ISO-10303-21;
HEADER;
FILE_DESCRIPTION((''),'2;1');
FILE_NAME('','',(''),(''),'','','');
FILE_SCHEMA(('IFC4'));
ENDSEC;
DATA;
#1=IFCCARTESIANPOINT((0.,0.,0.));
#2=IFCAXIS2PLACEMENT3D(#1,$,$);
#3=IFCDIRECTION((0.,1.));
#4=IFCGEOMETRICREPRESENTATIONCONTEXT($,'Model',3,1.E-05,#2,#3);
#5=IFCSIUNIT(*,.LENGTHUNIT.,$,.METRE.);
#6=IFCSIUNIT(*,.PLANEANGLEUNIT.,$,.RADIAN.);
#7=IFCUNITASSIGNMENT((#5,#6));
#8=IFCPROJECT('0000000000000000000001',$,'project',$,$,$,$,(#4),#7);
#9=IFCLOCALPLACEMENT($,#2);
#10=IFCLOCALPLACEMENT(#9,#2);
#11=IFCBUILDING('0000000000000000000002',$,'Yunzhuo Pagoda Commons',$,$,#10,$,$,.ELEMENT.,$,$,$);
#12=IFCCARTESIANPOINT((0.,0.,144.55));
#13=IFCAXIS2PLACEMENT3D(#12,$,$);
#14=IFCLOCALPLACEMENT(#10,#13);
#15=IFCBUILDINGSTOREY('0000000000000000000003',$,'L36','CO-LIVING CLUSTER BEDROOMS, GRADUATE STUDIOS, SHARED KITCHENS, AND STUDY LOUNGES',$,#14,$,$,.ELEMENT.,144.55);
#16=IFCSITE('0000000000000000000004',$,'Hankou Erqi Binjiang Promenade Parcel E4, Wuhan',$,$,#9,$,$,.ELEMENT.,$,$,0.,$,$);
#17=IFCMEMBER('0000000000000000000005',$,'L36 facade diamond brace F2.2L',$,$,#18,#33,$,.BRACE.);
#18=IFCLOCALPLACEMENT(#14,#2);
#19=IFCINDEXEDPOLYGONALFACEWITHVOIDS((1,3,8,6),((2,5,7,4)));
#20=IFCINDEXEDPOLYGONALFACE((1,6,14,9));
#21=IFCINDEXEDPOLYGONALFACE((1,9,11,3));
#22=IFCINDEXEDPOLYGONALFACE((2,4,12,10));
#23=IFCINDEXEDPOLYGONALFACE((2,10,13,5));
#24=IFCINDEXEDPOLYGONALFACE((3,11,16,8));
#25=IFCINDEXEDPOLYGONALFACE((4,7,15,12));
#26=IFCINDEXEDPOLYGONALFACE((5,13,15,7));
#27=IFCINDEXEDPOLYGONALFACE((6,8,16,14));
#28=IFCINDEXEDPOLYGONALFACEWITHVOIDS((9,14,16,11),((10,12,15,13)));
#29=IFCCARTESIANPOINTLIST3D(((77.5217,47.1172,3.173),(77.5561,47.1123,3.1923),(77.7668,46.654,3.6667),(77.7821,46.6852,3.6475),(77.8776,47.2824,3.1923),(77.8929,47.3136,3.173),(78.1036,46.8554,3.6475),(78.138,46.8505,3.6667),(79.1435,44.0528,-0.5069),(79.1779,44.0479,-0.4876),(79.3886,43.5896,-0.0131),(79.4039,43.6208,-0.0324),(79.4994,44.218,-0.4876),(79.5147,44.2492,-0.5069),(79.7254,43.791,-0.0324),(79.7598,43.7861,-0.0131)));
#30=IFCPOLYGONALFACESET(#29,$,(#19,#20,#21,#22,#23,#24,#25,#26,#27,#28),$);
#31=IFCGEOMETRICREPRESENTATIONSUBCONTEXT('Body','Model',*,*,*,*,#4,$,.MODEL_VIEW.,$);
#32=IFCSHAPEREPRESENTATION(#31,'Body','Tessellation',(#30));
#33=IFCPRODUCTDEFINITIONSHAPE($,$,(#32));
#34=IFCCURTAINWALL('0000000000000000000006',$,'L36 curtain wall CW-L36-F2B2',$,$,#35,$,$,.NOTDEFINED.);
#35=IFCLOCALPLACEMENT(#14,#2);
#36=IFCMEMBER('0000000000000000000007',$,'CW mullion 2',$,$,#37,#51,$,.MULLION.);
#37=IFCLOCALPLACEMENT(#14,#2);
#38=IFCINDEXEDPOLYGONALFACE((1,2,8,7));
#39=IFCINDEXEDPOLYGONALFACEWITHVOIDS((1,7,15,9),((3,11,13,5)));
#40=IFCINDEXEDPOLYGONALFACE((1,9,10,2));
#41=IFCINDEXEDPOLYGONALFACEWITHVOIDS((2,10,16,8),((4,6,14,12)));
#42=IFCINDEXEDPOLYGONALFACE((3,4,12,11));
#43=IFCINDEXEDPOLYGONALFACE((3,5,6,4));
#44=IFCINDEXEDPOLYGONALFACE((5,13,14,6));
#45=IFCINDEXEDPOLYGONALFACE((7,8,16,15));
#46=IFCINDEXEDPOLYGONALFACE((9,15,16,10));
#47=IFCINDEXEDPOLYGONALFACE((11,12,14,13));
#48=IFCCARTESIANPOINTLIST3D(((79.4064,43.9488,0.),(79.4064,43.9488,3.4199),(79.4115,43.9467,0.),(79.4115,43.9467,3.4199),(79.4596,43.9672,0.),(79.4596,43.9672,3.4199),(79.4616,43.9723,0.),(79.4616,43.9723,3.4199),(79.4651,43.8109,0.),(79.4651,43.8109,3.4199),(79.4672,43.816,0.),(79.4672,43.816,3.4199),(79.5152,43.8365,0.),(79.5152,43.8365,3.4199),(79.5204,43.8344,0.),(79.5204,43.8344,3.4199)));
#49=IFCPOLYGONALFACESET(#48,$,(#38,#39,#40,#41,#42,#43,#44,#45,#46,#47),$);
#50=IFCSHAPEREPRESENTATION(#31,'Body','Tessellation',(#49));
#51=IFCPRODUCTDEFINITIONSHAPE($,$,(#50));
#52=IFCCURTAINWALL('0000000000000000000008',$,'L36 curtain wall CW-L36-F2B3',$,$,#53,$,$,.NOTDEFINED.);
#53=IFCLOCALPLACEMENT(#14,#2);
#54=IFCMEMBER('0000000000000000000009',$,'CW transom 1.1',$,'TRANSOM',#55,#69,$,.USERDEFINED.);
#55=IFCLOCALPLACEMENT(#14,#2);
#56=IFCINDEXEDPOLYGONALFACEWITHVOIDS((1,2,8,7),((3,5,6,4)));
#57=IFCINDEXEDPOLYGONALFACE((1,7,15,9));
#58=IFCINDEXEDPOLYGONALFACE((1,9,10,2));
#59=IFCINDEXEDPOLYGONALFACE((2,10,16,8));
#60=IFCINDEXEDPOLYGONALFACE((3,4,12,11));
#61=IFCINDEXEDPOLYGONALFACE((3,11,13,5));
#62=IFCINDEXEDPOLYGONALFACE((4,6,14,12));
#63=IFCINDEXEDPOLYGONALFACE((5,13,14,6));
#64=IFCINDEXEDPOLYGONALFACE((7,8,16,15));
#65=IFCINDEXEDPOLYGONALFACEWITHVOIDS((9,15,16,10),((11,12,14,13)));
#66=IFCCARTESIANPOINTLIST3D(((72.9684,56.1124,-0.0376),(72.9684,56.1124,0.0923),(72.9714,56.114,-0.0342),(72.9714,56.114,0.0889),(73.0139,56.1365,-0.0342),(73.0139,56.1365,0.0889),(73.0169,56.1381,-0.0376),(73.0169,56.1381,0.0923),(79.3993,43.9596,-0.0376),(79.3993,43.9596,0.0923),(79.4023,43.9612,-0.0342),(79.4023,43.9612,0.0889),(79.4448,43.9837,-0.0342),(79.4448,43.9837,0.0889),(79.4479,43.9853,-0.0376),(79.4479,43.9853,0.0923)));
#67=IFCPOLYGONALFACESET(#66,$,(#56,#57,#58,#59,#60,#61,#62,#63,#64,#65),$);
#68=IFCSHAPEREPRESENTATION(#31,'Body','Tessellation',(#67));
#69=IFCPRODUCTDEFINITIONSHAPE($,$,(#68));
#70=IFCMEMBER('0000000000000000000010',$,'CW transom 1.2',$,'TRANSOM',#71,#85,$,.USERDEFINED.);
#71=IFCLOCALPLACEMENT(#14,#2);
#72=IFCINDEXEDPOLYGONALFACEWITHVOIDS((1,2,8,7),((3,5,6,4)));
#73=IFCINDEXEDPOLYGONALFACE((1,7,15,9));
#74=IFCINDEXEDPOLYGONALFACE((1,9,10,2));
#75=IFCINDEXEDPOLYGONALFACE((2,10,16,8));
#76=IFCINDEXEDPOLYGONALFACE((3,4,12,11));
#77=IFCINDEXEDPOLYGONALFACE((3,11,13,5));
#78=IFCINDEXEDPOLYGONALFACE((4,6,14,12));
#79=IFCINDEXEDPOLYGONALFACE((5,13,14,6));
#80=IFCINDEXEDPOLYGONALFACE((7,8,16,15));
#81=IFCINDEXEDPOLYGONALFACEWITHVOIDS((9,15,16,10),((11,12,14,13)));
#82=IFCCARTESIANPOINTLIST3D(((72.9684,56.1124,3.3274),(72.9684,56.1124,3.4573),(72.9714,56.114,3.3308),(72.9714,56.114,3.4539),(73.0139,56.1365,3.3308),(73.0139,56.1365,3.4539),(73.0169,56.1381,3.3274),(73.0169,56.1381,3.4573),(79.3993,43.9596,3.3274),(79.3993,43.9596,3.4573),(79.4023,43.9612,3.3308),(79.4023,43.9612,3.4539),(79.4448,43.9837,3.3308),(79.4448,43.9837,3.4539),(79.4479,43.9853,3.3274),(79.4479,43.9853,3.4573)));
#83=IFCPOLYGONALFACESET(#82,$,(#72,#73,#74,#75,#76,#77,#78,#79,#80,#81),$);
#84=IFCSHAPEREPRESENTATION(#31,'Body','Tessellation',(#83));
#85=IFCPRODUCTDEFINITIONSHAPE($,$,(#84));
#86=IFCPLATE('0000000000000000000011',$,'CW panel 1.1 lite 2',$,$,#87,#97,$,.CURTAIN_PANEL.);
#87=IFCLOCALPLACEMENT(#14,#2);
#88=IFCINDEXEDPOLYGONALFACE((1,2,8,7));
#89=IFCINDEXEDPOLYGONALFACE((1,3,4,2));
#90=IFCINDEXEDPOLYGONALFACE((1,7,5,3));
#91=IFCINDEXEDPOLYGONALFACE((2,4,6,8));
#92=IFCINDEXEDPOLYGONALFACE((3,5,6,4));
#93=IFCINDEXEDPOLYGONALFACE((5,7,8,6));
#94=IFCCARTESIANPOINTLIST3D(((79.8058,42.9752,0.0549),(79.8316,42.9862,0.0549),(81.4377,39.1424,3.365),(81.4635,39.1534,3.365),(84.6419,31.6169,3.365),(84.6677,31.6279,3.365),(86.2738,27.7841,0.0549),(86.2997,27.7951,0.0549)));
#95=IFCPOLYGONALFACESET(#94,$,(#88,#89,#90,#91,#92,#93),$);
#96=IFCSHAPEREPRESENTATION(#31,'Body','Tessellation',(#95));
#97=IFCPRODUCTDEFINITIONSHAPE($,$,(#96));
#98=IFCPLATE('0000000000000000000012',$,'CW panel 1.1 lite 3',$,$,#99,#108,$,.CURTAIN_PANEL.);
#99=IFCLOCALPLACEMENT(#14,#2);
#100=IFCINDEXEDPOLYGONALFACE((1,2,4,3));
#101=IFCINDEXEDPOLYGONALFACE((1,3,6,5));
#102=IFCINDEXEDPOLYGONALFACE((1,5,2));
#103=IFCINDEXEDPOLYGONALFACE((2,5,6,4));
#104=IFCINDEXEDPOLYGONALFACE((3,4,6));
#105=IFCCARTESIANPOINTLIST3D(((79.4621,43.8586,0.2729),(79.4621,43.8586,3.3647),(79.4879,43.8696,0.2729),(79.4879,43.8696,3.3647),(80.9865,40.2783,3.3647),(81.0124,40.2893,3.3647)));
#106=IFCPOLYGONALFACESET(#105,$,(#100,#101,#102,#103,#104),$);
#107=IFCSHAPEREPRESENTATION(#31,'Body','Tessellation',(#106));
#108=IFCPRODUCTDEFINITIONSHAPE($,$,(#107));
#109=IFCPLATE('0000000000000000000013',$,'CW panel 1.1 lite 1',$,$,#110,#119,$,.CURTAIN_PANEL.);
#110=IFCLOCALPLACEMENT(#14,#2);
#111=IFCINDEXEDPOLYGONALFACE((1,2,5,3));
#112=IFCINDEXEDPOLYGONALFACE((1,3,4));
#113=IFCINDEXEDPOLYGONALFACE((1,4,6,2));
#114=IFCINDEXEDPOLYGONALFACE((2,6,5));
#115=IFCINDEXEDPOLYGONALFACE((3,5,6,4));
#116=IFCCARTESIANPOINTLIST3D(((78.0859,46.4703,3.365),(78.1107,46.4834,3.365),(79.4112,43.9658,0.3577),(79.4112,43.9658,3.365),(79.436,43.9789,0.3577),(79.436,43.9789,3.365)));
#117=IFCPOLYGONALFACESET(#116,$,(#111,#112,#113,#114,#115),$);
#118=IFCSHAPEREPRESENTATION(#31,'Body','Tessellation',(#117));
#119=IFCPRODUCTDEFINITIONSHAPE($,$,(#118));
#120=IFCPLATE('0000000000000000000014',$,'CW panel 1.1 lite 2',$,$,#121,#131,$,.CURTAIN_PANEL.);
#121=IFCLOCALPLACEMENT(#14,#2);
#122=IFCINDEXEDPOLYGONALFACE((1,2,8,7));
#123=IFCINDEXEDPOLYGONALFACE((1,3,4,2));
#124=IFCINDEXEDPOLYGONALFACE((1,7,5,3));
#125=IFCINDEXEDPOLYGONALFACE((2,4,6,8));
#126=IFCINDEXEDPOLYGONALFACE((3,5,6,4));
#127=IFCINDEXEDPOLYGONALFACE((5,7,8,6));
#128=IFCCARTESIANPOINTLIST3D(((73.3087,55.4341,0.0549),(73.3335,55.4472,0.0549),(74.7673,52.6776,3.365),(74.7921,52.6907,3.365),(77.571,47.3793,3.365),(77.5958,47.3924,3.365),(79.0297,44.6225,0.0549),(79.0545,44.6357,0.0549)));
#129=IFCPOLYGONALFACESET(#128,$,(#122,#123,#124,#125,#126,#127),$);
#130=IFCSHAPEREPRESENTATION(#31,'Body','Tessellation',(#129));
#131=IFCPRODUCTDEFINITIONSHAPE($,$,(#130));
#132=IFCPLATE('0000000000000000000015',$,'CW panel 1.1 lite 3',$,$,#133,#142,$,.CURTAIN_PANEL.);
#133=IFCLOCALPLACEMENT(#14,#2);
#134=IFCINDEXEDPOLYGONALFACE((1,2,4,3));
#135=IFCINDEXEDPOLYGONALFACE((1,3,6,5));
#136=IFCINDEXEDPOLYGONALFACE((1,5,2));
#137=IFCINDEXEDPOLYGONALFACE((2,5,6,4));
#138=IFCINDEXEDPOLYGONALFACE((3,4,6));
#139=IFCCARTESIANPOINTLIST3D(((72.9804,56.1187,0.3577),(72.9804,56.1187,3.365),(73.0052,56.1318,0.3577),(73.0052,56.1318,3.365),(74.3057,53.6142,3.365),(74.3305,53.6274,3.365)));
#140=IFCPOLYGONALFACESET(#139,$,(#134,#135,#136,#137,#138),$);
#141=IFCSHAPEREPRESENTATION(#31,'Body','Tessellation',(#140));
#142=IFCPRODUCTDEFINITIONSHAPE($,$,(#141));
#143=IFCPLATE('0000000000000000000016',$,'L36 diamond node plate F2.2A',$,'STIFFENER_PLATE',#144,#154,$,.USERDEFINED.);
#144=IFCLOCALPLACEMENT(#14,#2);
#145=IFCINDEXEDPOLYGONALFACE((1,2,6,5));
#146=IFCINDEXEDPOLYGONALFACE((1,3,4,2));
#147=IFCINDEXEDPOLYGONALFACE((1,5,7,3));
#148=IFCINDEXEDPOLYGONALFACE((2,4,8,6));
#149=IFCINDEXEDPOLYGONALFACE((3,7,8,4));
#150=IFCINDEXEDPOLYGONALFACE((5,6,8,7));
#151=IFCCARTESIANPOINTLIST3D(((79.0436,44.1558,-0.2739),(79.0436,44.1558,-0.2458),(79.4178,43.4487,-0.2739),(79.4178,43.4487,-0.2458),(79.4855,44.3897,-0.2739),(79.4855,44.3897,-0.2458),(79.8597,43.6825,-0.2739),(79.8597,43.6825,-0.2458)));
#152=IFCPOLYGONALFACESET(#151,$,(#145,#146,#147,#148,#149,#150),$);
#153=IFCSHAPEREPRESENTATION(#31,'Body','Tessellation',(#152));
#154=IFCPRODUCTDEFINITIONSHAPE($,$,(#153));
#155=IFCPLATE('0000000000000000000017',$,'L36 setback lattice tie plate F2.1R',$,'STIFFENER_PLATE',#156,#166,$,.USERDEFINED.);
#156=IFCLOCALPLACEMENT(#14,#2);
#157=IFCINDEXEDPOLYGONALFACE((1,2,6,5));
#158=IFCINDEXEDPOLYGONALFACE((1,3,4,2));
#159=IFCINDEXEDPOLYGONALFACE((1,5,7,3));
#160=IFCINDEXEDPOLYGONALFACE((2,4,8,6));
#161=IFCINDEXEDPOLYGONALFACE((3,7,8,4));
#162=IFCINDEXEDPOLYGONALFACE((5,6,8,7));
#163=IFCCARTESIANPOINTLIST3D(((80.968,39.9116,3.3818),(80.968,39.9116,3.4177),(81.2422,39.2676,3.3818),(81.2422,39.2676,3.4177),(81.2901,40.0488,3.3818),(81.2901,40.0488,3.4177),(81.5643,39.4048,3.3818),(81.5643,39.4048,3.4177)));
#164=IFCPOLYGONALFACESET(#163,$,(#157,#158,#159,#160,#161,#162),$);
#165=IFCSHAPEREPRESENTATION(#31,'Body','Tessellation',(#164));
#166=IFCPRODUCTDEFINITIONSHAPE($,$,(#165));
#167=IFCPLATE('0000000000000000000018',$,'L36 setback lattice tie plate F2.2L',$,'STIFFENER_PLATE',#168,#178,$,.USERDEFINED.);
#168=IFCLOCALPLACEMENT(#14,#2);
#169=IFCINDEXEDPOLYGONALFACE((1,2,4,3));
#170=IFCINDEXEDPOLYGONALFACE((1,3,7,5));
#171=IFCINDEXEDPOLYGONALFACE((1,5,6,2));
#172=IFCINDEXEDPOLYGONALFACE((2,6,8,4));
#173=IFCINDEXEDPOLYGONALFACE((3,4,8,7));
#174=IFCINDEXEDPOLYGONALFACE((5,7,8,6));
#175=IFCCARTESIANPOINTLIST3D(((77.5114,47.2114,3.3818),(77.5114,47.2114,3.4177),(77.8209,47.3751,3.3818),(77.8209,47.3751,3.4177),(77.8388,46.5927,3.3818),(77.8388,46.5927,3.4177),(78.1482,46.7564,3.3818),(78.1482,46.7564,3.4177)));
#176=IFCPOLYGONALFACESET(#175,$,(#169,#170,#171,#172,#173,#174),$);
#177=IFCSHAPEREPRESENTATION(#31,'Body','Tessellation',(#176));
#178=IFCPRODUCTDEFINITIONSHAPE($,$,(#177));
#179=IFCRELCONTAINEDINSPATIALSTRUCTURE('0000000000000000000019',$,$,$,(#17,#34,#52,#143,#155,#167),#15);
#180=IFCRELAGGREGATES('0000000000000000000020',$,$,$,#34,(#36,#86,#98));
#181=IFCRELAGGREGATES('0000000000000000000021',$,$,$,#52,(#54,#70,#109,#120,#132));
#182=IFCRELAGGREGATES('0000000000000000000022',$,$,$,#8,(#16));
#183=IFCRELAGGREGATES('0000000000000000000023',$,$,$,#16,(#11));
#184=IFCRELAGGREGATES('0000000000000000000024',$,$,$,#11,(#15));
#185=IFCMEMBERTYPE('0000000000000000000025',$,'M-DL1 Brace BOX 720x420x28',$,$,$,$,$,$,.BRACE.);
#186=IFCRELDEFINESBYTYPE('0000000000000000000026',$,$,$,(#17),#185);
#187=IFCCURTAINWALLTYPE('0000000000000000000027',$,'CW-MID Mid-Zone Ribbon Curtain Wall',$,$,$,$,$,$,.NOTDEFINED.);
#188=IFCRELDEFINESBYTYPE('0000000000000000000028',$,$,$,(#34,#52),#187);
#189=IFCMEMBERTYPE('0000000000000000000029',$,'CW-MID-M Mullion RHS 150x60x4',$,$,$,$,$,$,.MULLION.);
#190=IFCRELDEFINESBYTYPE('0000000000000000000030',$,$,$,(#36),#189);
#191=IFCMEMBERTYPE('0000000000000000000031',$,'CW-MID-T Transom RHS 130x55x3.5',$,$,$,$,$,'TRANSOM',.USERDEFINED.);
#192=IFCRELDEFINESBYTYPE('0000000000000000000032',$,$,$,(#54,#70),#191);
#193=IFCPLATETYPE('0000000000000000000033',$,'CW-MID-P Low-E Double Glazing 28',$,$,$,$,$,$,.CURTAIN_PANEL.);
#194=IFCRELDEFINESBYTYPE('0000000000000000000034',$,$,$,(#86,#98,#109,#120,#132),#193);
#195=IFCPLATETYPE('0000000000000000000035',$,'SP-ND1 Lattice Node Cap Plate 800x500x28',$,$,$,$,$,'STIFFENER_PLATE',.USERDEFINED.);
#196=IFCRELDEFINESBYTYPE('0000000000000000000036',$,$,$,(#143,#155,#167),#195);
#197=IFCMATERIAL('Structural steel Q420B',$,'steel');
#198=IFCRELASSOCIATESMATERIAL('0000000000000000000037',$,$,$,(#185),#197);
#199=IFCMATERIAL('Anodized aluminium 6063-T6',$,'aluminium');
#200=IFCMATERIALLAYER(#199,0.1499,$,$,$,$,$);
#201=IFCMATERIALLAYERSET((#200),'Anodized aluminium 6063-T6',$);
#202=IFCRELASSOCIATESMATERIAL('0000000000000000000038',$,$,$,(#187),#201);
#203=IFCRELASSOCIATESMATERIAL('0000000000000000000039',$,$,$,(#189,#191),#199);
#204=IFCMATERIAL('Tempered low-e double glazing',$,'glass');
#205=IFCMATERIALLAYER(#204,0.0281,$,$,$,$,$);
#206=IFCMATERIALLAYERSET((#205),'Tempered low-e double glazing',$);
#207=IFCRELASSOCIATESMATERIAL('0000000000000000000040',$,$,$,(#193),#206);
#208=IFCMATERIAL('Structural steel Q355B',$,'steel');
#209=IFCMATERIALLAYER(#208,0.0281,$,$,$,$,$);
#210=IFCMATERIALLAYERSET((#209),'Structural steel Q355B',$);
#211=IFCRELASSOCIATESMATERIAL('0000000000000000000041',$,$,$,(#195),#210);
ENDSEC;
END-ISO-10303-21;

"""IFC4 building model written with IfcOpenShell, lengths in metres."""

from ifc_helpers import new_model, si_unit, direction, frame, origin, origin_2d, place, context, subcontext, project, spatial, polyline, rectangle, hollow_rectangle, outline, extrude, source, transform, mapped, material, layer, layer_set, material_profile, profile_set, type_object, element, aggregate, save


model = new_model("IFC4")

# Units and contexts
model_context = context("Model", 3, precision=1e-05, world=origin(), true_north=direction((0.0, 1.0)))
body_context = subcontext(model_context, "Body", "Model", "MODEL_VIEW")
ifc_project = project(units=[si_unit("LENGTHUNIT", "METRE"), si_unit("PLANEANGLEUNIT", "RADIAN")], contexts=[model_context])

# Site, building, storey
site_placement = place(None, origin())
site = spatial("IfcSite", under=ifc_project, at=site_placement, Name="Hankou Erqi Binjiang Promenade Parcel E4, Wuhan", CompositionType="ELEMENT", RefElevation=0.0)
building_placement = place(site_placement, origin())
building = spatial("IfcBuilding", under=site, at=building_placement, Name="Yunzhuo Pagoda Commons", CompositionType="ELEMENT")
storey_placement = place(building_placement, frame((0.0, 0.0, 144.55)))
storey = spatial("IfcBuildingStorey", under=building, at=storey_placement, Name="L36", Description="CO-LIVING CLUSTER BEDROOMS, GRADUATE STUDIOS, SHARED KITCHENS, AND STUDY LOUNGES", CompositionType="ELEMENT", Elevation=144.55)

# Shared definitions
ifc_material_1 = material(Name="Structural steel Q420B", Category="steel")

# Shared definitions
ifc_material_2 = material(Name="Structural steel Q355B", Category="steel")

# Member
ifc_material_profile_1 = material_profile(ifc_material_1, hollow_rectangle(XDim=0.4199, YDim=0.72, WallThickness=0.0281, at=origin_2d()), Name="Structural steel Q420B")
ifc_profile_set_1 = profile_set([ifc_material_profile_1], Name="Structural steel Q420B")
member_type_1 = type_object("IfcMemberType", Name="M-DL1 Brace BOX 720x420x28", PredefinedType="BRACE", material=ifc_profile_set_1)
shared_shape_1 = source(origin(), body_context, "Body", "SweptSolid", [
    extrude(hollow_rectangle(XDim=0.4199, YDim=0.72, WallThickness=0.0281, at=origin_2d()), origin(), (0.0, 0.0, 1.0), 5.0559),
])
member_1_placement = place(storey_placement, frame((79.4517, 43.9194, -0.26), z_axis=(-0.320773, 0.606103, 0.727835), x_axis=(-0.883851, -0.467768, 0.0)))
element("IfcMember", 1, at=member_1_placement, inside=storey, type_object=member_type_1, Name="L36 facade diamond brace F2.2L", PredefinedType="BRACE", context=body_context, shape_type="MappedRepresentation", body=[
    mapped(shared_shape_1, transform((0.0, 0.0, 0.0), scale=1.0)),
])

# Curtain wall, member
ifc_material_3 = material(Name="Anodized aluminium 6063-T6", Category="aluminium")
ifc_layer_1 = layer(ifc_material_3, 0.1499)
ifc_layer_set_1 = layer_set([ifc_layer_1], Name="Anodized aluminium 6063-T6")
curtain_wall_type = type_object("IfcCurtainWallType", Name="CW-MID Mid-Zone Ribbon Curtain Wall", PredefinedType="NOTDEFINED", material=ifc_layer_set_1)
curtain_wall_1_placement = place(storey_placement, origin())
curtain_wall_1 = element("IfcCurtainWall", 2, at=curtain_wall_1_placement, inside=storey, type_object=curtain_wall_type, Name="L36 curtain wall CW-L36-F2B2", PredefinedType="NOTDEFINED")
ifc_material_profile_2 = material_profile(ifc_material_3, hollow_rectangle(XDim=0.0601, YDim=0.1499, WallThickness=0.0039, at=origin_2d()), Name="Anodized aluminium 6063-T6")
ifc_profile_set_2 = profile_set([ifc_material_profile_2], Name="Anodized aluminium 6063-T6")
member_type_2 = type_object("IfcMemberType", Name="CW-MID-M Mullion RHS 150x60x4", PredefinedType="MULLION", material=ifc_profile_set_2)
shared_shape_2 = source(origin(), body_context, "Body", "SweptSolid", [
    extrude(hollow_rectangle(XDim=0.0601, YDim=0.1499, WallThickness=0.0039, at=origin_2d()), origin(), (0.0, 0.0, 1.0), 3.4199),
])
member_2_placement = place(storey_placement, frame((79.4634, 43.8916, 0.0), z_axis=(0.0, 0.0, 1.0), x_axis=(-0.920072, -0.391749, 0.0)))
member_2 = element("IfcMember", 3, at=member_2_placement, type_object=member_type_2, Name="CW mullion 2", PredefinedType="MULLION", context=body_context, shape_type="MappedRepresentation", body=[
    mapped(shared_shape_2, transform((0.0, 0.0, 0.0), scale=1.0)),
])

# Curtain wall, members
curtain_wall_2_placement = place(storey_placement, origin())
curtain_wall_2 = element("IfcCurtainWall", 4, at=curtain_wall_2_placement, inside=storey, type_object=curtain_wall_type, Name="L36 curtain wall CW-L36-F2B3", PredefinedType="NOTDEFINED")
ifc_material_profile_3 = material_profile(ifc_material_3, hollow_rectangle(XDim=0.0549, YDim=0.1299, WallThickness=0.0034, at=origin_2d()), Name="Anodized aluminium 6063-T6")
ifc_profile_set_3 = profile_set([ifc_material_profile_3], Name="Anodized aluminium 6063-T6")
member_type_3 = type_object("IfcMemberType", Name="CW-MID-T Transom RHS 130x55x3.5", ElementType="TRANSOM", PredefinedType="USERDEFINED", material=ifc_profile_set_3)
shared_shape_3 = source(origin(), body_context, "Body", "SweptSolid", [
    extrude(hollow_rectangle(XDim=0.0549, YDim=0.1299, WallThickness=0.0034, at=origin_2d()), origin(), (0.0, 0.0, 1.0), 13.7495),
])
member_3_placement = place(storey_placement, frame((79.4236, 43.9724, 0.0273), z_axis=(-0.46772, 0.883876, 0.0), x_axis=(-0.883876, -0.46772, 0.0)))
member_3 = element("IfcMember", 5, at=member_3_placement, type_object=member_type_3, Name="CW transom 1.1", ObjectType="TRANSOM", PredefinedType="USERDEFINED", context=body_context, shape_type="MappedRepresentation", body=[
    mapped(shared_shape_3, transform((0.0, 0.0, 0.0), scale=1.0)),
])
member_4_placement = place(storey_placement, frame((79.4236, 43.9724, 3.3923), z_axis=(-0.46772, 0.883876, 0.0), x_axis=(-0.883876, -0.46772, 0.0)))
member_4 = element("IfcMember", 6, at=member_4_placement, type_object=member_type_3, Name="CW transom 1.2", ObjectType="TRANSOM", PredefinedType="USERDEFINED", context=body_context, shape_type="MappedRepresentation", body=[
    mapped(shared_shape_3, transform((0.0, 0.0, 0.0), scale=1.0)),
])

# Plates
ifc_material_4 = material(Name="Tempered low-e double glazing", Category="glass")
ifc_layer_2 = layer(ifc_material_4, 0.0281)
ifc_layer_set_2 = layer_set([ifc_layer_2], Name="Tempered low-e double glazing")
plate_type_1 = type_object("IfcPlateType", Name="CW-MID-P Low-E Double Glazing 28", PredefinedType="CURTAIN_PANEL", material=ifc_layer_set_2)
plate_1_placement = place(storey_placement, frame((83.0398, 35.3796, 1.71), z_axis=(0.920072, 0.391749, 0.0), x_axis=(-0.391749, 0.920072, 0.0)))
plate_1 = element("IfcPlate", 7, at=plate_1_placement, type_object=plate_type_1, Name="CW panel 1.1 lite 2", PredefinedType="CURTAIN_PANEL", context=body_context, shape_type="SweptSolid", body=[
    extrude(outline(polyline([(-8.2554, -1.655), (8.2554, -1.655), (4.0896, 1.655), (-4.0896, 1.655), (-8.2554, -1.655)])), origin(), (0.0, 0.0, 1.0), 0.0281),
])
plate_2_placement = place(storey_placement, frame((80.2244, 42.0684, 1.8188), z_axis=(0.920072, 0.391749, 0.0), x_axis=(-0.391749, 0.920072, 0.0)))
plate_2 = element("IfcPlate", 8, at=plate_2_placement, type_object=plate_type_1, Name="CW panel 1.1 lite 3", PredefinedType="CURTAIN_PANEL", context=body_context, shape_type="SweptSolid", body=[
    extrude(outline(polyline([(-1.9456, 1.5459), (1.9458, -1.5459), (1.9458, 1.5459), (-1.9456, 1.5459)])), origin(), (0.0, 0.0, 1.0), 0.0281),
])
aggregate(curtain_wall_1, [member_2, plate_1, plate_2])
plate_3_placement = place(storey_placement, frame((78.7485, 45.218, 1.8613), z_axis=(0.883879, 0.467715, 0.0), x_axis=(-0.467715, 0.883879, 0.0)))
plate_3 = element("IfcPlate", 9, at=plate_3_placement, type_object=plate_type_1, Name="CW panel 1.1 lite 1", PredefinedType="CURTAIN_PANEL", context=body_context, shape_type="SweptSolid", body=[
    extrude(outline(polyline([(-1.4167, -1.5037), (1.4167, 1.5037), (-1.4167, 1.5037), (-1.4167, -1.5037)])), origin(), (0.0, 0.0, 1.0), 0.0281),
])
plate_4_placement = place(storey_placement, frame((76.1692, 50.0283, 1.71), z_axis=(0.883879, 0.467715, 0.0), x_axis=(-0.467715, 0.883879, 0.0)))
plate_4 = element("IfcPlate", 10, at=plate_4_placement, type_object=plate_type_1, Name="CW panel 1.1 lite 2", PredefinedType="CURTAIN_PANEL", context=body_context, shape_type="SweptSolid", body=[
    extrude(outline(polyline([(-6.116, -1.655), (6.116, -1.655), (2.9973, 1.655), (-2.9971, 1.655), (-6.116, -1.655)])), origin(), (0.0, 0.0, 1.0), 0.0281),
])
plate_5_placement = place(storey_placement, frame((73.6431, 54.8665, 1.8613), z_axis=(0.883879, 0.467715, 0.0), x_axis=(-0.467715, 0.883879, 0.0)))
plate_5 = element("IfcPlate", 11, at=plate_5_placement, type_object=plate_type_1, Name="CW panel 1.1 lite 3", PredefinedType="CURTAIN_PANEL", context=body_context, shape_type="SweptSolid", body=[
    extrude(outline(polyline([(-1.4167, 1.5037), (1.4167, -1.5037), (1.4167, 1.5037), (-1.4167, 1.5037)])), origin(), (0.0, 0.0, 1.0), 0.0281),
])
aggregate(curtain_wall_2, [member_3, member_4, plate_3, plate_4, plate_5])

# Plates
ifc_layer_3 = layer(ifc_material_2, 0.0281)
ifc_layer_set_3 = layer_set([ifc_layer_3], Name="Structural steel Q355B")
plate_type_2 = type_object("IfcPlateType", Name="SP-ND1 Lattice Node Cap Plate 800x500x28", ElementType="STIFFENER_PLATE", PredefinedType="USERDEFINED", material=ifc_layer_set_3)
shared_shape_4 = source(origin(), body_context, "Body", "SweptSolid", [
    extrude(rectangle(XDim=0.8, YDim=0.5, at=origin_2d()), origin(), (0.0, 0.0, 1.0), 0.0281),
])
plate_6_placement = place(storey_placement, frame((79.4517, 43.9192, -0.2739), z_axis=(0.0, 0.0, 1.0), x_axis=(-0.467714, 0.88388, 0.0)))
element("IfcPlate", 12, at=plate_6_placement, inside=storey, type_object=plate_type_2, Name="L36 diamond node plate F2.2A", ObjectType="STIFFENER_PLATE", PredefinedType="USERDEFINED", context=body_context, shape_type="MappedRepresentation", body=[
    mapped(shared_shape_4, transform((0.0, 0.0, 0.0), scale=1.0)),
])
shared_shape_5 = source(origin(), body_context, "Body", "SweptSolid", [
    extrude(rectangle(XDim=0.7, YDim=0.3501, at=origin_2d()), origin(), (0.0, 0.0, 1.0), 0.0359),
])
for number, where, z_axis, x_axis, name in (
    (13, (81.2661, 39.6582, 3.3818), (0.0, 0.0, 1.0), (-0.391743, 0.920075, 0.0), "L36 setback lattice tie plate F2.1R"),
    (14, (77.8298, 46.9839, 3.3818), (0.0, 0.0, 1.0), (-0.467714, 0.88388, 0.0), "L36 setback lattice tie plate F2.2L"),
):
    element("IfcPlate", number, at=place(storey_placement, frame(where, z_axis=z_axis, x_axis=x_axis)), inside=storey, type_object=plate_type_2, Name=name, ObjectType="STIFFENER_PLATE", PredefinedType="USERDEFINED", context=body_context, shape_type="MappedRepresentation", body=[
        mapped(shared_shape_5, transform((0.0, 0.0, 0.0), scale=1.0)),
    ])

save(model, "model.ifc")
